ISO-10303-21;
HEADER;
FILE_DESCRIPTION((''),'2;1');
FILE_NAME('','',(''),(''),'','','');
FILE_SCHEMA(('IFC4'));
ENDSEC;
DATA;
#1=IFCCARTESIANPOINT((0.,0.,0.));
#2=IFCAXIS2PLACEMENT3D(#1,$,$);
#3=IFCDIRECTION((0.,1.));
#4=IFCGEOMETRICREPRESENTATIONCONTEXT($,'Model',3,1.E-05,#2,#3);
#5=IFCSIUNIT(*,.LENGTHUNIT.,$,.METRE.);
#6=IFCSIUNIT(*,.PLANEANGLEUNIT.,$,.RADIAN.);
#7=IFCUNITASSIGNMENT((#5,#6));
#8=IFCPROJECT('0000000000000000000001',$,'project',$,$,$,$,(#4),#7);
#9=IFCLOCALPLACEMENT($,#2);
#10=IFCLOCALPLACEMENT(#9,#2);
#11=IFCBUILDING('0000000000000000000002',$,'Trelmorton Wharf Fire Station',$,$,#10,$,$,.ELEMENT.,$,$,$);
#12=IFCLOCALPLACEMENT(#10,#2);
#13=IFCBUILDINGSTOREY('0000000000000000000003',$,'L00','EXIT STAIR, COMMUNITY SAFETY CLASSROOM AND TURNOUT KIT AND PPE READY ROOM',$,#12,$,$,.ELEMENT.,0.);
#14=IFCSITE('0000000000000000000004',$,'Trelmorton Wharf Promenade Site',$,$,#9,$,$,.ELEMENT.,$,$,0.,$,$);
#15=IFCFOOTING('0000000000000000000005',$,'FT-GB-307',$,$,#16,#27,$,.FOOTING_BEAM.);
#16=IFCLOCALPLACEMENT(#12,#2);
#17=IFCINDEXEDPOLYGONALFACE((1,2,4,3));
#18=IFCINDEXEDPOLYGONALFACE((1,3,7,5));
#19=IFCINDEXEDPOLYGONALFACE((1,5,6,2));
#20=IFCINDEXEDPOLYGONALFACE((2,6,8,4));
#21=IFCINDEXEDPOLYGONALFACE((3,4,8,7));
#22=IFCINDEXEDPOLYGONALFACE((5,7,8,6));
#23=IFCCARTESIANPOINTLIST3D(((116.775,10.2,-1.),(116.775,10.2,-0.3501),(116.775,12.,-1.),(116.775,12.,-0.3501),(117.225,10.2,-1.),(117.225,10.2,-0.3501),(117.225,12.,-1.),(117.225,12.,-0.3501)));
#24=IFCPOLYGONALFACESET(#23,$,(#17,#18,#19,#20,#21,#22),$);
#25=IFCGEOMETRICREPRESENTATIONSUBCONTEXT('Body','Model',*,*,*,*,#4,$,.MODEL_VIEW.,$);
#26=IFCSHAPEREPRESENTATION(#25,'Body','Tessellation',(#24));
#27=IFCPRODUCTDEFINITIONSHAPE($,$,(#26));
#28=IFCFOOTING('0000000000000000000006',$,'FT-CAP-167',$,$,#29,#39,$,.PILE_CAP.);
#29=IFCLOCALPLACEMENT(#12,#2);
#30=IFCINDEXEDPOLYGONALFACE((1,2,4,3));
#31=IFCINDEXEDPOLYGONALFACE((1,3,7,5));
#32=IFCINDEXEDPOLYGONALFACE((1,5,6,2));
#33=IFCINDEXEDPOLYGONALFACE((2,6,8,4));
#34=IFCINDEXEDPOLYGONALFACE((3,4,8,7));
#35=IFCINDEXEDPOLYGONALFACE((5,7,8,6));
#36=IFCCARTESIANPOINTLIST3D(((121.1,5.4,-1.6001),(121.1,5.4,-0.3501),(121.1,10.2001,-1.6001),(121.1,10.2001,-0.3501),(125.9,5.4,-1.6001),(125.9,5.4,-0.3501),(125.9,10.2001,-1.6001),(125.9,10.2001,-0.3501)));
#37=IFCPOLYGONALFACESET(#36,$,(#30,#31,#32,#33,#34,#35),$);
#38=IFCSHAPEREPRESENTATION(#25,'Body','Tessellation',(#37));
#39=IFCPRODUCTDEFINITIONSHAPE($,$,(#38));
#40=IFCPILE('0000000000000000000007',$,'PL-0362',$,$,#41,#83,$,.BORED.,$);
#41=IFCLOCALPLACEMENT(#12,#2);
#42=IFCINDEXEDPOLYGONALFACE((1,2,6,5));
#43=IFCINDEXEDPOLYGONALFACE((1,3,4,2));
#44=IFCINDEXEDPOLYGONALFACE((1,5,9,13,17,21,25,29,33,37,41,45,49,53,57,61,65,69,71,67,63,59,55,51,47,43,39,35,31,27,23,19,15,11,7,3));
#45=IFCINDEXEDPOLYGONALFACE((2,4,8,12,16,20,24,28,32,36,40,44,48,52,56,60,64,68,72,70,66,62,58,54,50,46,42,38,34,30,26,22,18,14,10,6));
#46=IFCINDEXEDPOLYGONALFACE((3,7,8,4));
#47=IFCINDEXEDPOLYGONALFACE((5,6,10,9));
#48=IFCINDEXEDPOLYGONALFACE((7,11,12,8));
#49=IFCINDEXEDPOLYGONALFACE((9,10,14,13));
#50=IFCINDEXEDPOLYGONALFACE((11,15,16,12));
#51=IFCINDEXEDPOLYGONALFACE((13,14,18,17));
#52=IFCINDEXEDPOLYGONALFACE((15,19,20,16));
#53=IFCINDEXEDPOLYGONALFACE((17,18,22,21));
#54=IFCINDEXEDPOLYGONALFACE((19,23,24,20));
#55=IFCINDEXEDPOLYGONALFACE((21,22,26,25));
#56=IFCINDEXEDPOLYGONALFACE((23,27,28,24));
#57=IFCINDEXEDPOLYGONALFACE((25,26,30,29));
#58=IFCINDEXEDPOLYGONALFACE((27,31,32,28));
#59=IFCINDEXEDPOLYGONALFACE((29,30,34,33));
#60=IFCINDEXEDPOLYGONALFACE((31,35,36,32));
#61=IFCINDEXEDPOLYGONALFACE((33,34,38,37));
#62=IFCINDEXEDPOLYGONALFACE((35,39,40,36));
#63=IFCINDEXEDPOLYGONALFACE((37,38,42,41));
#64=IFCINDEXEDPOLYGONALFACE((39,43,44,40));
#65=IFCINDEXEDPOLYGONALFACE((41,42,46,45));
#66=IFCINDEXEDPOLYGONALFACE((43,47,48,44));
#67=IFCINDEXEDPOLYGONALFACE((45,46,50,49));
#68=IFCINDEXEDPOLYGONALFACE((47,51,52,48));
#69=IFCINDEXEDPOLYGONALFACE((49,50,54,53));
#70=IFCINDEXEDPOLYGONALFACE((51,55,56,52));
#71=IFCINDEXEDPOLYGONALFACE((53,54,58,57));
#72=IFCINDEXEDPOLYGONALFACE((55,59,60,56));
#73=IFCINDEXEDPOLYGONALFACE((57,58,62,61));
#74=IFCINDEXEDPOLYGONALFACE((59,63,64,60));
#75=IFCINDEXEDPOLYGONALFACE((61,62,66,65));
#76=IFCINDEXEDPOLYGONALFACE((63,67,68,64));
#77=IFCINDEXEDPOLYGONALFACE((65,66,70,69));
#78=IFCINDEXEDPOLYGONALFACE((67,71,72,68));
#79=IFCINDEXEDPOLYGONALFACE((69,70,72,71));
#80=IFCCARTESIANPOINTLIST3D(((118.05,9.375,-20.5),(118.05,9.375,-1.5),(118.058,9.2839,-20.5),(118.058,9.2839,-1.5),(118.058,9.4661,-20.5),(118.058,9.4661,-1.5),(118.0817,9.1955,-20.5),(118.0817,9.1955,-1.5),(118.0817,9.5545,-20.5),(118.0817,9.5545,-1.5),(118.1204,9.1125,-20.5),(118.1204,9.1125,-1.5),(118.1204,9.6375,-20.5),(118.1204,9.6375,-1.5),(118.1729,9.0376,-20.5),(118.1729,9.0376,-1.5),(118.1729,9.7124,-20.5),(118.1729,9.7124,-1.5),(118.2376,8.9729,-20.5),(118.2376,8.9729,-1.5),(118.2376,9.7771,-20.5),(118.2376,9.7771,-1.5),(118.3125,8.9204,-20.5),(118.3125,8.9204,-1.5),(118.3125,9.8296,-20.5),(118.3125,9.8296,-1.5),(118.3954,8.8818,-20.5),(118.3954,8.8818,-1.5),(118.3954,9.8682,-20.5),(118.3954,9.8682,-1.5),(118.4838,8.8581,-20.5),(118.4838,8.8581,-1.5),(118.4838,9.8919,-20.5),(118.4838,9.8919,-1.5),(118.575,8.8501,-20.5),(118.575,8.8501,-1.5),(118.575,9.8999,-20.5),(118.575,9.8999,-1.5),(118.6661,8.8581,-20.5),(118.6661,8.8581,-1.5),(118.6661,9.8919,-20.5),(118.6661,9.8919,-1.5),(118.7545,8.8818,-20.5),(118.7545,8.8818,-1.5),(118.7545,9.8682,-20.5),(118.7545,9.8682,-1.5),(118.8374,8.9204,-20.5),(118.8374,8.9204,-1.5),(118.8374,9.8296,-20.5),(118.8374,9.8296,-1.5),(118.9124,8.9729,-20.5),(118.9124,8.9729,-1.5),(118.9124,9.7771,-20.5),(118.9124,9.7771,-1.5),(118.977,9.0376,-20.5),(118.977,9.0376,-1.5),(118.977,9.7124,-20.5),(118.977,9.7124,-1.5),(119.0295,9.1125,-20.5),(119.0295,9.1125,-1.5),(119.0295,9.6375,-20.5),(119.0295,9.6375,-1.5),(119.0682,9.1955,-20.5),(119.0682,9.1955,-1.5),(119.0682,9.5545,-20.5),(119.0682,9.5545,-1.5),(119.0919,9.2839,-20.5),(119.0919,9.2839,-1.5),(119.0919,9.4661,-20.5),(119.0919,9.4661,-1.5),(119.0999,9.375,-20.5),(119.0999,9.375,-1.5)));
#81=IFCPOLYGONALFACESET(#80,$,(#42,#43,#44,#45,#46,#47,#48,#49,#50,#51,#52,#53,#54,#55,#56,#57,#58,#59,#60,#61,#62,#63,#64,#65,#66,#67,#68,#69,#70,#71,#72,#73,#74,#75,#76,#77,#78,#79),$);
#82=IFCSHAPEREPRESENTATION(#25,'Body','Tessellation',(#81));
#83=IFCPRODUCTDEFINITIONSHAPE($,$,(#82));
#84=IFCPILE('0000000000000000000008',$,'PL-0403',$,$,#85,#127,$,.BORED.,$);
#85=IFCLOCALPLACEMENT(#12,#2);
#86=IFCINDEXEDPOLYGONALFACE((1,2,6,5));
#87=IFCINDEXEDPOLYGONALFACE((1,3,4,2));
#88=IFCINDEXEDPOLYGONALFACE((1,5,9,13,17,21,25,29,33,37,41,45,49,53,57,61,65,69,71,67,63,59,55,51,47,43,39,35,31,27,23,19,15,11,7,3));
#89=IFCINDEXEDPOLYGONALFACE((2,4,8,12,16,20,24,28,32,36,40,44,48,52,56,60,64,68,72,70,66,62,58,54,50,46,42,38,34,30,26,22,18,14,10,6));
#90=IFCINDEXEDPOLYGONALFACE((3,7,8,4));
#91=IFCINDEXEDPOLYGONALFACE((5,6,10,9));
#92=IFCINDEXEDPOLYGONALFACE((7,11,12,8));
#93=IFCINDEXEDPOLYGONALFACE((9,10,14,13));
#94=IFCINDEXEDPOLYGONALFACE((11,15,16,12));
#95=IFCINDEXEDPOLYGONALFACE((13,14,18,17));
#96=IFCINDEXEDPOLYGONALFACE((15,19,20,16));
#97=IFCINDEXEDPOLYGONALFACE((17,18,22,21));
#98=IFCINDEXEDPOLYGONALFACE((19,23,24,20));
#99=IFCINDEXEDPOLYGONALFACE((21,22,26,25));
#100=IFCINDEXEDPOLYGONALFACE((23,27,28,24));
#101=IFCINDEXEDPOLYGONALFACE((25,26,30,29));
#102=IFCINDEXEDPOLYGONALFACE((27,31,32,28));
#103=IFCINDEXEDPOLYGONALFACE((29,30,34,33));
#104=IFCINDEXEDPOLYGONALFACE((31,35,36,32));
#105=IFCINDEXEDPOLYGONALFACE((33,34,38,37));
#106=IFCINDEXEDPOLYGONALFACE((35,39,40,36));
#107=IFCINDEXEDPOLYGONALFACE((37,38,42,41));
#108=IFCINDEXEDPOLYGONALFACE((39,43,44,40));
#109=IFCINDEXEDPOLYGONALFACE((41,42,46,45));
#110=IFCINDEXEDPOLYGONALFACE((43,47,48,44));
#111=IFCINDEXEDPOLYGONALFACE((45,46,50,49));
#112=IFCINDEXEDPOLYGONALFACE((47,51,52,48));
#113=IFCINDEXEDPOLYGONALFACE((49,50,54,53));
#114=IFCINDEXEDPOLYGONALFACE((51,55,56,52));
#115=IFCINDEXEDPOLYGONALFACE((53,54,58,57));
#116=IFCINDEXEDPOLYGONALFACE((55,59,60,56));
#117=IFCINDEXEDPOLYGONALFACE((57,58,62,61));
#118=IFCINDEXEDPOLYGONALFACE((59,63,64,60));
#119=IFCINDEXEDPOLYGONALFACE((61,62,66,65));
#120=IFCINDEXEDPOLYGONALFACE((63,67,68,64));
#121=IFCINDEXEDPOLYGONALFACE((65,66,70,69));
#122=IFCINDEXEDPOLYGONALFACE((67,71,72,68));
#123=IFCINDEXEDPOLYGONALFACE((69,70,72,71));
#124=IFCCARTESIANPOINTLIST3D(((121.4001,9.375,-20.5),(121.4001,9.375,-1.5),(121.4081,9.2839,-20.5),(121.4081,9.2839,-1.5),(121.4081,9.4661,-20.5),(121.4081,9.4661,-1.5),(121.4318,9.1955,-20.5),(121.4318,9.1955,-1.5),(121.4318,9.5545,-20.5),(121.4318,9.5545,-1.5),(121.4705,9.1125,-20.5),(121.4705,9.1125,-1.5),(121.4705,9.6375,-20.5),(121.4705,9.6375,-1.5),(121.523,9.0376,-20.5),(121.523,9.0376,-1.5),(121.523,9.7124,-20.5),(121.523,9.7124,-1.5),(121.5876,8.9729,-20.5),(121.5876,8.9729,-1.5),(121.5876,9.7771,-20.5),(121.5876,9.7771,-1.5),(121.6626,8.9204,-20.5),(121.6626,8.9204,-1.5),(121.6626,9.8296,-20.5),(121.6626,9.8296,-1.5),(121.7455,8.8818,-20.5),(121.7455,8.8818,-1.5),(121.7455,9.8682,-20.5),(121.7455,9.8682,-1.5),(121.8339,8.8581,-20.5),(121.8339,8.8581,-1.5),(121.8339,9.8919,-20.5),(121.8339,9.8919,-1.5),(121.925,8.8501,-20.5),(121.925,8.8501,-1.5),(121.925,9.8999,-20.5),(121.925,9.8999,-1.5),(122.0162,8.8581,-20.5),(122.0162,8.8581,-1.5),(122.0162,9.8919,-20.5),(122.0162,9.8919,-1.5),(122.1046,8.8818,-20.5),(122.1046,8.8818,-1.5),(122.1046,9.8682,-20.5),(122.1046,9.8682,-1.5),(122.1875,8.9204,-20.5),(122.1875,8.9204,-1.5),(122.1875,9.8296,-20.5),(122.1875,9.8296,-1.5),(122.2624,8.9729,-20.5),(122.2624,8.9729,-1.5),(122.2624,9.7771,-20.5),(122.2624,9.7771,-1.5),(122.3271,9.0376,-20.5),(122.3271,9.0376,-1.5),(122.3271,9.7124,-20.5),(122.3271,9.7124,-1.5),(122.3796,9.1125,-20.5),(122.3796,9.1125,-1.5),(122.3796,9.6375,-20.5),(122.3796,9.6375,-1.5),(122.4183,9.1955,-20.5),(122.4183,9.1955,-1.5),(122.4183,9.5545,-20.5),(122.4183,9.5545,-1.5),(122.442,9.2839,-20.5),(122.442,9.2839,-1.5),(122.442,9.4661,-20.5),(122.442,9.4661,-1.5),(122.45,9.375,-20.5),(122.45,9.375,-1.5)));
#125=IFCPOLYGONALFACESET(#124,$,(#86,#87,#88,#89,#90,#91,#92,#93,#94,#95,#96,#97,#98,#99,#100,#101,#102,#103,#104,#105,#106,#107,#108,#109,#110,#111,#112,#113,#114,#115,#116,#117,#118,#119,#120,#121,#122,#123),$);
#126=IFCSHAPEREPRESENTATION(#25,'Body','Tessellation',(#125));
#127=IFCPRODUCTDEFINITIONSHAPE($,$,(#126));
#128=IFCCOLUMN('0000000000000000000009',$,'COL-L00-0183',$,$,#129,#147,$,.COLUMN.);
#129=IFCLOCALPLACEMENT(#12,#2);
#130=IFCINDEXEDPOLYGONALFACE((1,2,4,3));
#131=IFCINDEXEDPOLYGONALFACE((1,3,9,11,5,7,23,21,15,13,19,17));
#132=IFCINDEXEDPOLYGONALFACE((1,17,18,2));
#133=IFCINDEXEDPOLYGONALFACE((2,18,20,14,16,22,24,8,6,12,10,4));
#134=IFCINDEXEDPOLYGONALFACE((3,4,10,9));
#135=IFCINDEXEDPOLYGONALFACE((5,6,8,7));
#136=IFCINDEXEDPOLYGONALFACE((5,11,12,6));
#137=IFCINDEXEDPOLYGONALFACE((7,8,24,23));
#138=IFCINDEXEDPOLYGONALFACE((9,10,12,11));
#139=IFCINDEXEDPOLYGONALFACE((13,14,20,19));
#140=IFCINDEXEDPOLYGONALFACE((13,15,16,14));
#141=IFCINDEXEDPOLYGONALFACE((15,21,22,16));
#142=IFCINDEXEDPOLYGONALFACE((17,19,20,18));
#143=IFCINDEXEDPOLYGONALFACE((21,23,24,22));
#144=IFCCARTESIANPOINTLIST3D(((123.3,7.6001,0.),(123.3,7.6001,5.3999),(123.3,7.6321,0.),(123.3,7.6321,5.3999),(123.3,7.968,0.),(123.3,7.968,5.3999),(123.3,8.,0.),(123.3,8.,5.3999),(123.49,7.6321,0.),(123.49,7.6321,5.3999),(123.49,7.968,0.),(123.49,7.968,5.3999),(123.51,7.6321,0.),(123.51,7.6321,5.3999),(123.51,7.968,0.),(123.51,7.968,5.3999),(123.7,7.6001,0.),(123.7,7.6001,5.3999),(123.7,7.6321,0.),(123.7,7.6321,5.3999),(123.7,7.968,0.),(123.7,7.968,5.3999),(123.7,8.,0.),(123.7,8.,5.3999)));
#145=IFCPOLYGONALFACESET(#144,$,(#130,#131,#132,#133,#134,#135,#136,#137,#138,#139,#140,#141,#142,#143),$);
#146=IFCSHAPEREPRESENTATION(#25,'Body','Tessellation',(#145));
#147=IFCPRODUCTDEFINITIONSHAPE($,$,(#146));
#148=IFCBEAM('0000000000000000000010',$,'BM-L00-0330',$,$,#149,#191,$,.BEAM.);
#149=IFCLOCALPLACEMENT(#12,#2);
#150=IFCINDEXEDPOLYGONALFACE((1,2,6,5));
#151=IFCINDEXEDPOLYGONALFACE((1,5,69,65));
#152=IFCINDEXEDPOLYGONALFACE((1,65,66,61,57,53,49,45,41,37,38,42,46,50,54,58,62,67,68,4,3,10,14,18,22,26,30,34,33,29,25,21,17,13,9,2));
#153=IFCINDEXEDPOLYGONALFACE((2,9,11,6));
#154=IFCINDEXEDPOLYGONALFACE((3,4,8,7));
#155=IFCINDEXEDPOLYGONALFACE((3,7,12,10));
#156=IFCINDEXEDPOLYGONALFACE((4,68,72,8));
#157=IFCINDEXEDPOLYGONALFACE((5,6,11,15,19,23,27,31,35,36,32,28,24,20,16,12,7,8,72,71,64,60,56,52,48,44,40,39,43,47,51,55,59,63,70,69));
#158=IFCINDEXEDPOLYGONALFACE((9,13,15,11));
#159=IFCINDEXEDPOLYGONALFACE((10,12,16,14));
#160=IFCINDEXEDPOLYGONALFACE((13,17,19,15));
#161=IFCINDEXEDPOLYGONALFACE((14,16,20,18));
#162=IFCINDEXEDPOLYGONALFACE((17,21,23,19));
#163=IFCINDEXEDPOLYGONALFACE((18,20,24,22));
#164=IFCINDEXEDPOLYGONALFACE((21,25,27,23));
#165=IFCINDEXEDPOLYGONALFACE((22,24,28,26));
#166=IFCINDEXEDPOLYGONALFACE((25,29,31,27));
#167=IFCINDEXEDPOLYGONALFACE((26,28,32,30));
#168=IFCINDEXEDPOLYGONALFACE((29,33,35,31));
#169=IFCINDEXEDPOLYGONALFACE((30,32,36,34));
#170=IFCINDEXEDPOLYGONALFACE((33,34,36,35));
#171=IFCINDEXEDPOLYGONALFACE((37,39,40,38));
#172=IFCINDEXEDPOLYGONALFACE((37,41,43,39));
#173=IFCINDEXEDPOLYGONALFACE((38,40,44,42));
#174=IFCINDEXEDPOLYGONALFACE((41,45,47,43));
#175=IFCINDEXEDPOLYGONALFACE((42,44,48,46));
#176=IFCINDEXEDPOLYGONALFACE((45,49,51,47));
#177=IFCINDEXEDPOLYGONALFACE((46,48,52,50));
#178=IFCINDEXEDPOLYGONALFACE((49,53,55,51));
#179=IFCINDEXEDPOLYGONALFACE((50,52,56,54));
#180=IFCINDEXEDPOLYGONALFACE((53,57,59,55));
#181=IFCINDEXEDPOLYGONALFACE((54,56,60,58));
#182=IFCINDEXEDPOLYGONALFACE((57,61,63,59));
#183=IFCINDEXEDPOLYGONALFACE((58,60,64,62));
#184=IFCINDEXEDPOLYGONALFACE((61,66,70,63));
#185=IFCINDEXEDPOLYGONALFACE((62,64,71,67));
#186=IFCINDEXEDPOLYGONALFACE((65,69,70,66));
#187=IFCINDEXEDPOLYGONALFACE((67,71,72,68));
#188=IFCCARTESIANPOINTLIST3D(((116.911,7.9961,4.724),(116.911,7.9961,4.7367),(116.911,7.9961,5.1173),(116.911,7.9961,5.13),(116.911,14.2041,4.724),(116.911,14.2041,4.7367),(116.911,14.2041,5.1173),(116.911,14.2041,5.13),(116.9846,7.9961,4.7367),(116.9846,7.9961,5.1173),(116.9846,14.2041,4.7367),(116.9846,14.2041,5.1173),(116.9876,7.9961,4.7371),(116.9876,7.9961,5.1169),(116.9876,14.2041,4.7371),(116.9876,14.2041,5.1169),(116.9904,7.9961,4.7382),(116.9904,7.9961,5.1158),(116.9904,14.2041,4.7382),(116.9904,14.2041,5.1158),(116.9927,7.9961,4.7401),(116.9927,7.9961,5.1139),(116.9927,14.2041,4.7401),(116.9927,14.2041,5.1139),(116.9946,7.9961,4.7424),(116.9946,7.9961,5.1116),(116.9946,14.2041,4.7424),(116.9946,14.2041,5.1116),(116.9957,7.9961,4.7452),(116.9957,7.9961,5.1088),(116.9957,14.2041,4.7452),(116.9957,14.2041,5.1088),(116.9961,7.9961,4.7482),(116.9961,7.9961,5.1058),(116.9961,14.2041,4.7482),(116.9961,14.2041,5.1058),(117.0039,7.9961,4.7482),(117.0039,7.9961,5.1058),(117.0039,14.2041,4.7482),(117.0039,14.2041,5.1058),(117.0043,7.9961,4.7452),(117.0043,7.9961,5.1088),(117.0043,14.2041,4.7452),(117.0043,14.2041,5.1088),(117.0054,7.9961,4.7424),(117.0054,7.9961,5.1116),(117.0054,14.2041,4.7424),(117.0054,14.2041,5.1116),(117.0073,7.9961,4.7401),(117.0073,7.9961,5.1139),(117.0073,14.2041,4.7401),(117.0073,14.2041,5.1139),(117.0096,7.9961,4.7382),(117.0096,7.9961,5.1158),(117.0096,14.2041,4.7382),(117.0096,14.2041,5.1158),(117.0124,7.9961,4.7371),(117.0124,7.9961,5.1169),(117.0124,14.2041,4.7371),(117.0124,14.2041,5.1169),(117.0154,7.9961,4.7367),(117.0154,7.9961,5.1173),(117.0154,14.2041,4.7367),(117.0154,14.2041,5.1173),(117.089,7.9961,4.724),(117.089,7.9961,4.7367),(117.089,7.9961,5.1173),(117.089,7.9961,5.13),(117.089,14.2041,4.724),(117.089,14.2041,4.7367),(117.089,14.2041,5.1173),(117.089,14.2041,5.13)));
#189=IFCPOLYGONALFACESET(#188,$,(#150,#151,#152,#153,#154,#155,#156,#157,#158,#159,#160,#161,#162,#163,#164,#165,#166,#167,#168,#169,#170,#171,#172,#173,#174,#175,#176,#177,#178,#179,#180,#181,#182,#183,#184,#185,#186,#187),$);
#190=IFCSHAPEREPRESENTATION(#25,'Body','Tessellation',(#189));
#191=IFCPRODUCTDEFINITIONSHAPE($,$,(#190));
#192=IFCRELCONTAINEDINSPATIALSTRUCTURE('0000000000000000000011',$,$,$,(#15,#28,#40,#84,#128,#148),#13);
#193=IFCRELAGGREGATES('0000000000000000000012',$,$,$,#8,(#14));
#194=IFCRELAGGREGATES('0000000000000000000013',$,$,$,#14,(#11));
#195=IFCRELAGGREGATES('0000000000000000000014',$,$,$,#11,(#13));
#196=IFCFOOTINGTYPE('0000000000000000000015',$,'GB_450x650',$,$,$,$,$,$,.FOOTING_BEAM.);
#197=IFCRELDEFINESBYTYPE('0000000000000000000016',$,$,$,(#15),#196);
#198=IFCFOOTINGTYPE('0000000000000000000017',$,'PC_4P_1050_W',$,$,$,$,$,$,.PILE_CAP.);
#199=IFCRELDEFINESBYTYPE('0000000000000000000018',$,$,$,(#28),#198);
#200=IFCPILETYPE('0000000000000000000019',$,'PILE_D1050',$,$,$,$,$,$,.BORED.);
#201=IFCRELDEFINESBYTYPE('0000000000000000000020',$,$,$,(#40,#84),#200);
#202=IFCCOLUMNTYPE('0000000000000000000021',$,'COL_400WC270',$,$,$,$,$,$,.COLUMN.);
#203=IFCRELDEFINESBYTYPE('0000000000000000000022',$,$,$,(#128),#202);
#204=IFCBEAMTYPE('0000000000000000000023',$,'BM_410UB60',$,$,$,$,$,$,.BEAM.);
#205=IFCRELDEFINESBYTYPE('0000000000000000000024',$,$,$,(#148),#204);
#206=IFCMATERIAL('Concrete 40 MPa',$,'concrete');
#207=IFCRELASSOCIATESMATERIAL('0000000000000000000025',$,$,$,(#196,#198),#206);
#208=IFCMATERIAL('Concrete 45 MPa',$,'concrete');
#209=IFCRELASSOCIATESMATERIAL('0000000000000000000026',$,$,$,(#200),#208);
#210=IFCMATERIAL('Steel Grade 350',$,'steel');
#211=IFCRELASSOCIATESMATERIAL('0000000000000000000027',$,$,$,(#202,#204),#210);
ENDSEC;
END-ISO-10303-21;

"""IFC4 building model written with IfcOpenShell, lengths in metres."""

from ifc_helpers import new_model, si_unit, direction, frame, origin, origin_2d, place, context, subcontext, project, spatial, rectangle, circle, i_section, extrude, material, material_profile, profile_set, type_object, element, save


model = new_model("IFC4")

# Units and contexts
model_context = context("Model", 3, precision=1e-05, world=origin(), true_north=direction((0.0, 1.0)))
body_context = subcontext(model_context, "Body", "Model", "MODEL_VIEW")
ifc_project = project(units=[si_unit("LENGTHUNIT", "METRE"), si_unit("PLANEANGLEUNIT", "RADIAN")], contexts=[model_context])

# Site, building, storey
site_placement = place(None, origin())
site = spatial("IfcSite", under=ifc_project, at=site_placement, Name="Trelmorton Wharf Promenade Site", CompositionType="ELEMENT", RefElevation=0.0)
building_placement = place(site_placement, origin())
building = spatial("IfcBuilding", under=site, at=building_placement, Name="Trelmorton Wharf Fire Station", CompositionType="ELEMENT")
storey_placement = place(building_placement, origin())
storey = spatial("IfcBuildingStorey", under=building, at=storey_placement, Name="L00", Description="EXIT STAIR, COMMUNITY SAFETY CLASSROOM AND TURNOUT KIT AND PPE READY ROOM", CompositionType="ELEMENT", Elevation=0.0)

# Footings
ifc_material_1 = material(Name="Concrete 40 MPa", Category="concrete")
ifc_material_profile_1 = material_profile(ifc_material_1, rectangle(XDim=0.45, YDim=0.6499, at=origin_2d()), Name="RC450x650")
ifc_profile_set_1 = profile_set([ifc_material_profile_1], Name="Concrete 40 MPa")
footing_type_1 = type_object("IfcFootingType", Name="GB_450x650", PredefinedType="FOOTING_BEAM", material=ifc_profile_set_1)
footing_1_placement = place(storey_placement, frame((117.0, 10.2, -0.675), z_axis=(0.0, 1.0, 0.0), x_axis=(-1.0, 0.0, 0.0)))
element("IfcFooting", 1, at=footing_1_placement, inside=storey, type_object=footing_type_1, Name="FT-GB-307", PredefinedType="FOOTING_BEAM", context=body_context, shape_type="SweptSolid", body=[
    extrude(rectangle(XDim=0.45, YDim=0.6499, at=origin_2d()), origin(), (0.0, 0.0, 1.0), 1.8),
])
footing_type_2 = type_object("IfcFootingType", Name="PC_4P_1050_W", PredefinedType="PILE_CAP", material=ifc_material_1)
footing_2_placement = place(storey_placement, frame((123.5, 7.8, -1.6001), z_axis=(0.0, 0.0, 1.0), x_axis=(1.0, 0.0, 0.0)))
element("IfcFooting", 2, at=footing_2_placement, inside=storey, type_object=footing_type_2, Name="FT-CAP-167", PredefinedType="PILE_CAP", context=body_context, shape_type="SweptSolid", body=[
    extrude(rectangle(XDim=4.8, YDim=4.8, at=origin_2d()), origin(), (0.0, 0.0, 1.0), 1.25),
])

# Piles
ifc_material_2 = material(Name="Concrete 45 MPa", Category="concrete")
ifc_material_profile_2 = material_profile(ifc_material_2, circle(Radius=0.5249, at=origin_2d()), Name="PILE-D1050")
ifc_profile_set_2 = profile_set([ifc_material_profile_2], Name="Concrete 45 MPa")
pile_type = type_object("IfcPileType", Name="PILE_D1050", PredefinedType="BORED", material=ifc_profile_set_2)
for number, where, z_axis, x_axis, name in (
    (3, (118.575, 9.375, -1.5), (0.0, 0.0, -1.0), (1.0, 0.0, 0.0), "PL-0362"),
    (4, (121.925, 9.375, -1.5), (0.0, 0.0, -1.0), (1.0, 0.0, 0.0), "PL-0403"),
):
    element("IfcPile", number, at=place(storey_placement, frame(where, z_axis=z_axis, x_axis=x_axis)), inside=storey, type_object=pile_type, Name=name, PredefinedType="BORED", context=body_context, shape_type="SweptSolid", body=[
        extrude(circle(Radius=0.5249, at=origin_2d()), origin(), (0.0, 0.0, 1.0), 19.0),
    ])

# Column
ifc_material_3 = material(Name="Steel Grade 350", Category="steel")
ifc_material_profile_3 = material_profile(ifc_material_3, i_section(OverallWidth=0.3999, OverallDepth=0.3999, WebThickness=0.02, FlangeThickness=0.032, at=origin_2d()), Name="400WC270")
ifc_profile_set_3 = profile_set([ifc_material_profile_3], Name="Steel Grade 350")
column_type = type_object("IfcColumnType", Name="COL_400WC270", PredefinedType="COLUMN", material=ifc_profile_set_3)
column_placement = place(storey_placement, frame((123.5, 7.8, 0.0), z_axis=(0.0, 0.0, 1.0), x_axis=(1.0, 0.0, 0.0)))
element("IfcColumn", 5, at=column_placement, inside=storey, type_object=column_type, Name="COL-L00-0183", PredefinedType="COLUMN", context=body_context, shape_type="SweptSolid", body=[
    extrude(i_section(OverallWidth=0.3999, OverallDepth=0.3999, WebThickness=0.02, FlangeThickness=0.032, at=origin_2d()), origin(), (0.0, 0.0, 1.0), 5.3999),
])

# Beam
ifc_material_profile_4 = material_profile(ifc_material_3, i_section(OverallWidth=0.178, OverallDepth=0.406, WebThickness=0.0078, FlangeThickness=0.0127, FilletRadius=0.0115, at=origin_2d()), Name="410UB59.7")
ifc_profile_set_4 = profile_set([ifc_material_profile_4], Name="Steel Grade 350")
beam_type = type_object("IfcBeamType", Name="BM_410UB60", PredefinedType="BEAM", material=ifc_profile_set_4)
beam_placement = place(storey_placement, frame((117.0, 7.9961, 4.927), z_axis=(0.0, 1.0, 0.0), x_axis=(-1.0, 0.0, 0.0)))
element("IfcBeam", 6, at=beam_placement, inside=storey, type_object=beam_type, Name="BM-L00-0330", PredefinedType="BEAM", context=body_context, shape_type="SweptSolid", body=[
    extrude(i_section(OverallWidth=0.178, OverallDepth=0.406, WebThickness=0.0078, FlangeThickness=0.0127, FilletRadius=0.0115, at=origin_2d()), origin(), (0.0, 0.0, 1.0), 6.208),
])

save(model, "model.ifc")
